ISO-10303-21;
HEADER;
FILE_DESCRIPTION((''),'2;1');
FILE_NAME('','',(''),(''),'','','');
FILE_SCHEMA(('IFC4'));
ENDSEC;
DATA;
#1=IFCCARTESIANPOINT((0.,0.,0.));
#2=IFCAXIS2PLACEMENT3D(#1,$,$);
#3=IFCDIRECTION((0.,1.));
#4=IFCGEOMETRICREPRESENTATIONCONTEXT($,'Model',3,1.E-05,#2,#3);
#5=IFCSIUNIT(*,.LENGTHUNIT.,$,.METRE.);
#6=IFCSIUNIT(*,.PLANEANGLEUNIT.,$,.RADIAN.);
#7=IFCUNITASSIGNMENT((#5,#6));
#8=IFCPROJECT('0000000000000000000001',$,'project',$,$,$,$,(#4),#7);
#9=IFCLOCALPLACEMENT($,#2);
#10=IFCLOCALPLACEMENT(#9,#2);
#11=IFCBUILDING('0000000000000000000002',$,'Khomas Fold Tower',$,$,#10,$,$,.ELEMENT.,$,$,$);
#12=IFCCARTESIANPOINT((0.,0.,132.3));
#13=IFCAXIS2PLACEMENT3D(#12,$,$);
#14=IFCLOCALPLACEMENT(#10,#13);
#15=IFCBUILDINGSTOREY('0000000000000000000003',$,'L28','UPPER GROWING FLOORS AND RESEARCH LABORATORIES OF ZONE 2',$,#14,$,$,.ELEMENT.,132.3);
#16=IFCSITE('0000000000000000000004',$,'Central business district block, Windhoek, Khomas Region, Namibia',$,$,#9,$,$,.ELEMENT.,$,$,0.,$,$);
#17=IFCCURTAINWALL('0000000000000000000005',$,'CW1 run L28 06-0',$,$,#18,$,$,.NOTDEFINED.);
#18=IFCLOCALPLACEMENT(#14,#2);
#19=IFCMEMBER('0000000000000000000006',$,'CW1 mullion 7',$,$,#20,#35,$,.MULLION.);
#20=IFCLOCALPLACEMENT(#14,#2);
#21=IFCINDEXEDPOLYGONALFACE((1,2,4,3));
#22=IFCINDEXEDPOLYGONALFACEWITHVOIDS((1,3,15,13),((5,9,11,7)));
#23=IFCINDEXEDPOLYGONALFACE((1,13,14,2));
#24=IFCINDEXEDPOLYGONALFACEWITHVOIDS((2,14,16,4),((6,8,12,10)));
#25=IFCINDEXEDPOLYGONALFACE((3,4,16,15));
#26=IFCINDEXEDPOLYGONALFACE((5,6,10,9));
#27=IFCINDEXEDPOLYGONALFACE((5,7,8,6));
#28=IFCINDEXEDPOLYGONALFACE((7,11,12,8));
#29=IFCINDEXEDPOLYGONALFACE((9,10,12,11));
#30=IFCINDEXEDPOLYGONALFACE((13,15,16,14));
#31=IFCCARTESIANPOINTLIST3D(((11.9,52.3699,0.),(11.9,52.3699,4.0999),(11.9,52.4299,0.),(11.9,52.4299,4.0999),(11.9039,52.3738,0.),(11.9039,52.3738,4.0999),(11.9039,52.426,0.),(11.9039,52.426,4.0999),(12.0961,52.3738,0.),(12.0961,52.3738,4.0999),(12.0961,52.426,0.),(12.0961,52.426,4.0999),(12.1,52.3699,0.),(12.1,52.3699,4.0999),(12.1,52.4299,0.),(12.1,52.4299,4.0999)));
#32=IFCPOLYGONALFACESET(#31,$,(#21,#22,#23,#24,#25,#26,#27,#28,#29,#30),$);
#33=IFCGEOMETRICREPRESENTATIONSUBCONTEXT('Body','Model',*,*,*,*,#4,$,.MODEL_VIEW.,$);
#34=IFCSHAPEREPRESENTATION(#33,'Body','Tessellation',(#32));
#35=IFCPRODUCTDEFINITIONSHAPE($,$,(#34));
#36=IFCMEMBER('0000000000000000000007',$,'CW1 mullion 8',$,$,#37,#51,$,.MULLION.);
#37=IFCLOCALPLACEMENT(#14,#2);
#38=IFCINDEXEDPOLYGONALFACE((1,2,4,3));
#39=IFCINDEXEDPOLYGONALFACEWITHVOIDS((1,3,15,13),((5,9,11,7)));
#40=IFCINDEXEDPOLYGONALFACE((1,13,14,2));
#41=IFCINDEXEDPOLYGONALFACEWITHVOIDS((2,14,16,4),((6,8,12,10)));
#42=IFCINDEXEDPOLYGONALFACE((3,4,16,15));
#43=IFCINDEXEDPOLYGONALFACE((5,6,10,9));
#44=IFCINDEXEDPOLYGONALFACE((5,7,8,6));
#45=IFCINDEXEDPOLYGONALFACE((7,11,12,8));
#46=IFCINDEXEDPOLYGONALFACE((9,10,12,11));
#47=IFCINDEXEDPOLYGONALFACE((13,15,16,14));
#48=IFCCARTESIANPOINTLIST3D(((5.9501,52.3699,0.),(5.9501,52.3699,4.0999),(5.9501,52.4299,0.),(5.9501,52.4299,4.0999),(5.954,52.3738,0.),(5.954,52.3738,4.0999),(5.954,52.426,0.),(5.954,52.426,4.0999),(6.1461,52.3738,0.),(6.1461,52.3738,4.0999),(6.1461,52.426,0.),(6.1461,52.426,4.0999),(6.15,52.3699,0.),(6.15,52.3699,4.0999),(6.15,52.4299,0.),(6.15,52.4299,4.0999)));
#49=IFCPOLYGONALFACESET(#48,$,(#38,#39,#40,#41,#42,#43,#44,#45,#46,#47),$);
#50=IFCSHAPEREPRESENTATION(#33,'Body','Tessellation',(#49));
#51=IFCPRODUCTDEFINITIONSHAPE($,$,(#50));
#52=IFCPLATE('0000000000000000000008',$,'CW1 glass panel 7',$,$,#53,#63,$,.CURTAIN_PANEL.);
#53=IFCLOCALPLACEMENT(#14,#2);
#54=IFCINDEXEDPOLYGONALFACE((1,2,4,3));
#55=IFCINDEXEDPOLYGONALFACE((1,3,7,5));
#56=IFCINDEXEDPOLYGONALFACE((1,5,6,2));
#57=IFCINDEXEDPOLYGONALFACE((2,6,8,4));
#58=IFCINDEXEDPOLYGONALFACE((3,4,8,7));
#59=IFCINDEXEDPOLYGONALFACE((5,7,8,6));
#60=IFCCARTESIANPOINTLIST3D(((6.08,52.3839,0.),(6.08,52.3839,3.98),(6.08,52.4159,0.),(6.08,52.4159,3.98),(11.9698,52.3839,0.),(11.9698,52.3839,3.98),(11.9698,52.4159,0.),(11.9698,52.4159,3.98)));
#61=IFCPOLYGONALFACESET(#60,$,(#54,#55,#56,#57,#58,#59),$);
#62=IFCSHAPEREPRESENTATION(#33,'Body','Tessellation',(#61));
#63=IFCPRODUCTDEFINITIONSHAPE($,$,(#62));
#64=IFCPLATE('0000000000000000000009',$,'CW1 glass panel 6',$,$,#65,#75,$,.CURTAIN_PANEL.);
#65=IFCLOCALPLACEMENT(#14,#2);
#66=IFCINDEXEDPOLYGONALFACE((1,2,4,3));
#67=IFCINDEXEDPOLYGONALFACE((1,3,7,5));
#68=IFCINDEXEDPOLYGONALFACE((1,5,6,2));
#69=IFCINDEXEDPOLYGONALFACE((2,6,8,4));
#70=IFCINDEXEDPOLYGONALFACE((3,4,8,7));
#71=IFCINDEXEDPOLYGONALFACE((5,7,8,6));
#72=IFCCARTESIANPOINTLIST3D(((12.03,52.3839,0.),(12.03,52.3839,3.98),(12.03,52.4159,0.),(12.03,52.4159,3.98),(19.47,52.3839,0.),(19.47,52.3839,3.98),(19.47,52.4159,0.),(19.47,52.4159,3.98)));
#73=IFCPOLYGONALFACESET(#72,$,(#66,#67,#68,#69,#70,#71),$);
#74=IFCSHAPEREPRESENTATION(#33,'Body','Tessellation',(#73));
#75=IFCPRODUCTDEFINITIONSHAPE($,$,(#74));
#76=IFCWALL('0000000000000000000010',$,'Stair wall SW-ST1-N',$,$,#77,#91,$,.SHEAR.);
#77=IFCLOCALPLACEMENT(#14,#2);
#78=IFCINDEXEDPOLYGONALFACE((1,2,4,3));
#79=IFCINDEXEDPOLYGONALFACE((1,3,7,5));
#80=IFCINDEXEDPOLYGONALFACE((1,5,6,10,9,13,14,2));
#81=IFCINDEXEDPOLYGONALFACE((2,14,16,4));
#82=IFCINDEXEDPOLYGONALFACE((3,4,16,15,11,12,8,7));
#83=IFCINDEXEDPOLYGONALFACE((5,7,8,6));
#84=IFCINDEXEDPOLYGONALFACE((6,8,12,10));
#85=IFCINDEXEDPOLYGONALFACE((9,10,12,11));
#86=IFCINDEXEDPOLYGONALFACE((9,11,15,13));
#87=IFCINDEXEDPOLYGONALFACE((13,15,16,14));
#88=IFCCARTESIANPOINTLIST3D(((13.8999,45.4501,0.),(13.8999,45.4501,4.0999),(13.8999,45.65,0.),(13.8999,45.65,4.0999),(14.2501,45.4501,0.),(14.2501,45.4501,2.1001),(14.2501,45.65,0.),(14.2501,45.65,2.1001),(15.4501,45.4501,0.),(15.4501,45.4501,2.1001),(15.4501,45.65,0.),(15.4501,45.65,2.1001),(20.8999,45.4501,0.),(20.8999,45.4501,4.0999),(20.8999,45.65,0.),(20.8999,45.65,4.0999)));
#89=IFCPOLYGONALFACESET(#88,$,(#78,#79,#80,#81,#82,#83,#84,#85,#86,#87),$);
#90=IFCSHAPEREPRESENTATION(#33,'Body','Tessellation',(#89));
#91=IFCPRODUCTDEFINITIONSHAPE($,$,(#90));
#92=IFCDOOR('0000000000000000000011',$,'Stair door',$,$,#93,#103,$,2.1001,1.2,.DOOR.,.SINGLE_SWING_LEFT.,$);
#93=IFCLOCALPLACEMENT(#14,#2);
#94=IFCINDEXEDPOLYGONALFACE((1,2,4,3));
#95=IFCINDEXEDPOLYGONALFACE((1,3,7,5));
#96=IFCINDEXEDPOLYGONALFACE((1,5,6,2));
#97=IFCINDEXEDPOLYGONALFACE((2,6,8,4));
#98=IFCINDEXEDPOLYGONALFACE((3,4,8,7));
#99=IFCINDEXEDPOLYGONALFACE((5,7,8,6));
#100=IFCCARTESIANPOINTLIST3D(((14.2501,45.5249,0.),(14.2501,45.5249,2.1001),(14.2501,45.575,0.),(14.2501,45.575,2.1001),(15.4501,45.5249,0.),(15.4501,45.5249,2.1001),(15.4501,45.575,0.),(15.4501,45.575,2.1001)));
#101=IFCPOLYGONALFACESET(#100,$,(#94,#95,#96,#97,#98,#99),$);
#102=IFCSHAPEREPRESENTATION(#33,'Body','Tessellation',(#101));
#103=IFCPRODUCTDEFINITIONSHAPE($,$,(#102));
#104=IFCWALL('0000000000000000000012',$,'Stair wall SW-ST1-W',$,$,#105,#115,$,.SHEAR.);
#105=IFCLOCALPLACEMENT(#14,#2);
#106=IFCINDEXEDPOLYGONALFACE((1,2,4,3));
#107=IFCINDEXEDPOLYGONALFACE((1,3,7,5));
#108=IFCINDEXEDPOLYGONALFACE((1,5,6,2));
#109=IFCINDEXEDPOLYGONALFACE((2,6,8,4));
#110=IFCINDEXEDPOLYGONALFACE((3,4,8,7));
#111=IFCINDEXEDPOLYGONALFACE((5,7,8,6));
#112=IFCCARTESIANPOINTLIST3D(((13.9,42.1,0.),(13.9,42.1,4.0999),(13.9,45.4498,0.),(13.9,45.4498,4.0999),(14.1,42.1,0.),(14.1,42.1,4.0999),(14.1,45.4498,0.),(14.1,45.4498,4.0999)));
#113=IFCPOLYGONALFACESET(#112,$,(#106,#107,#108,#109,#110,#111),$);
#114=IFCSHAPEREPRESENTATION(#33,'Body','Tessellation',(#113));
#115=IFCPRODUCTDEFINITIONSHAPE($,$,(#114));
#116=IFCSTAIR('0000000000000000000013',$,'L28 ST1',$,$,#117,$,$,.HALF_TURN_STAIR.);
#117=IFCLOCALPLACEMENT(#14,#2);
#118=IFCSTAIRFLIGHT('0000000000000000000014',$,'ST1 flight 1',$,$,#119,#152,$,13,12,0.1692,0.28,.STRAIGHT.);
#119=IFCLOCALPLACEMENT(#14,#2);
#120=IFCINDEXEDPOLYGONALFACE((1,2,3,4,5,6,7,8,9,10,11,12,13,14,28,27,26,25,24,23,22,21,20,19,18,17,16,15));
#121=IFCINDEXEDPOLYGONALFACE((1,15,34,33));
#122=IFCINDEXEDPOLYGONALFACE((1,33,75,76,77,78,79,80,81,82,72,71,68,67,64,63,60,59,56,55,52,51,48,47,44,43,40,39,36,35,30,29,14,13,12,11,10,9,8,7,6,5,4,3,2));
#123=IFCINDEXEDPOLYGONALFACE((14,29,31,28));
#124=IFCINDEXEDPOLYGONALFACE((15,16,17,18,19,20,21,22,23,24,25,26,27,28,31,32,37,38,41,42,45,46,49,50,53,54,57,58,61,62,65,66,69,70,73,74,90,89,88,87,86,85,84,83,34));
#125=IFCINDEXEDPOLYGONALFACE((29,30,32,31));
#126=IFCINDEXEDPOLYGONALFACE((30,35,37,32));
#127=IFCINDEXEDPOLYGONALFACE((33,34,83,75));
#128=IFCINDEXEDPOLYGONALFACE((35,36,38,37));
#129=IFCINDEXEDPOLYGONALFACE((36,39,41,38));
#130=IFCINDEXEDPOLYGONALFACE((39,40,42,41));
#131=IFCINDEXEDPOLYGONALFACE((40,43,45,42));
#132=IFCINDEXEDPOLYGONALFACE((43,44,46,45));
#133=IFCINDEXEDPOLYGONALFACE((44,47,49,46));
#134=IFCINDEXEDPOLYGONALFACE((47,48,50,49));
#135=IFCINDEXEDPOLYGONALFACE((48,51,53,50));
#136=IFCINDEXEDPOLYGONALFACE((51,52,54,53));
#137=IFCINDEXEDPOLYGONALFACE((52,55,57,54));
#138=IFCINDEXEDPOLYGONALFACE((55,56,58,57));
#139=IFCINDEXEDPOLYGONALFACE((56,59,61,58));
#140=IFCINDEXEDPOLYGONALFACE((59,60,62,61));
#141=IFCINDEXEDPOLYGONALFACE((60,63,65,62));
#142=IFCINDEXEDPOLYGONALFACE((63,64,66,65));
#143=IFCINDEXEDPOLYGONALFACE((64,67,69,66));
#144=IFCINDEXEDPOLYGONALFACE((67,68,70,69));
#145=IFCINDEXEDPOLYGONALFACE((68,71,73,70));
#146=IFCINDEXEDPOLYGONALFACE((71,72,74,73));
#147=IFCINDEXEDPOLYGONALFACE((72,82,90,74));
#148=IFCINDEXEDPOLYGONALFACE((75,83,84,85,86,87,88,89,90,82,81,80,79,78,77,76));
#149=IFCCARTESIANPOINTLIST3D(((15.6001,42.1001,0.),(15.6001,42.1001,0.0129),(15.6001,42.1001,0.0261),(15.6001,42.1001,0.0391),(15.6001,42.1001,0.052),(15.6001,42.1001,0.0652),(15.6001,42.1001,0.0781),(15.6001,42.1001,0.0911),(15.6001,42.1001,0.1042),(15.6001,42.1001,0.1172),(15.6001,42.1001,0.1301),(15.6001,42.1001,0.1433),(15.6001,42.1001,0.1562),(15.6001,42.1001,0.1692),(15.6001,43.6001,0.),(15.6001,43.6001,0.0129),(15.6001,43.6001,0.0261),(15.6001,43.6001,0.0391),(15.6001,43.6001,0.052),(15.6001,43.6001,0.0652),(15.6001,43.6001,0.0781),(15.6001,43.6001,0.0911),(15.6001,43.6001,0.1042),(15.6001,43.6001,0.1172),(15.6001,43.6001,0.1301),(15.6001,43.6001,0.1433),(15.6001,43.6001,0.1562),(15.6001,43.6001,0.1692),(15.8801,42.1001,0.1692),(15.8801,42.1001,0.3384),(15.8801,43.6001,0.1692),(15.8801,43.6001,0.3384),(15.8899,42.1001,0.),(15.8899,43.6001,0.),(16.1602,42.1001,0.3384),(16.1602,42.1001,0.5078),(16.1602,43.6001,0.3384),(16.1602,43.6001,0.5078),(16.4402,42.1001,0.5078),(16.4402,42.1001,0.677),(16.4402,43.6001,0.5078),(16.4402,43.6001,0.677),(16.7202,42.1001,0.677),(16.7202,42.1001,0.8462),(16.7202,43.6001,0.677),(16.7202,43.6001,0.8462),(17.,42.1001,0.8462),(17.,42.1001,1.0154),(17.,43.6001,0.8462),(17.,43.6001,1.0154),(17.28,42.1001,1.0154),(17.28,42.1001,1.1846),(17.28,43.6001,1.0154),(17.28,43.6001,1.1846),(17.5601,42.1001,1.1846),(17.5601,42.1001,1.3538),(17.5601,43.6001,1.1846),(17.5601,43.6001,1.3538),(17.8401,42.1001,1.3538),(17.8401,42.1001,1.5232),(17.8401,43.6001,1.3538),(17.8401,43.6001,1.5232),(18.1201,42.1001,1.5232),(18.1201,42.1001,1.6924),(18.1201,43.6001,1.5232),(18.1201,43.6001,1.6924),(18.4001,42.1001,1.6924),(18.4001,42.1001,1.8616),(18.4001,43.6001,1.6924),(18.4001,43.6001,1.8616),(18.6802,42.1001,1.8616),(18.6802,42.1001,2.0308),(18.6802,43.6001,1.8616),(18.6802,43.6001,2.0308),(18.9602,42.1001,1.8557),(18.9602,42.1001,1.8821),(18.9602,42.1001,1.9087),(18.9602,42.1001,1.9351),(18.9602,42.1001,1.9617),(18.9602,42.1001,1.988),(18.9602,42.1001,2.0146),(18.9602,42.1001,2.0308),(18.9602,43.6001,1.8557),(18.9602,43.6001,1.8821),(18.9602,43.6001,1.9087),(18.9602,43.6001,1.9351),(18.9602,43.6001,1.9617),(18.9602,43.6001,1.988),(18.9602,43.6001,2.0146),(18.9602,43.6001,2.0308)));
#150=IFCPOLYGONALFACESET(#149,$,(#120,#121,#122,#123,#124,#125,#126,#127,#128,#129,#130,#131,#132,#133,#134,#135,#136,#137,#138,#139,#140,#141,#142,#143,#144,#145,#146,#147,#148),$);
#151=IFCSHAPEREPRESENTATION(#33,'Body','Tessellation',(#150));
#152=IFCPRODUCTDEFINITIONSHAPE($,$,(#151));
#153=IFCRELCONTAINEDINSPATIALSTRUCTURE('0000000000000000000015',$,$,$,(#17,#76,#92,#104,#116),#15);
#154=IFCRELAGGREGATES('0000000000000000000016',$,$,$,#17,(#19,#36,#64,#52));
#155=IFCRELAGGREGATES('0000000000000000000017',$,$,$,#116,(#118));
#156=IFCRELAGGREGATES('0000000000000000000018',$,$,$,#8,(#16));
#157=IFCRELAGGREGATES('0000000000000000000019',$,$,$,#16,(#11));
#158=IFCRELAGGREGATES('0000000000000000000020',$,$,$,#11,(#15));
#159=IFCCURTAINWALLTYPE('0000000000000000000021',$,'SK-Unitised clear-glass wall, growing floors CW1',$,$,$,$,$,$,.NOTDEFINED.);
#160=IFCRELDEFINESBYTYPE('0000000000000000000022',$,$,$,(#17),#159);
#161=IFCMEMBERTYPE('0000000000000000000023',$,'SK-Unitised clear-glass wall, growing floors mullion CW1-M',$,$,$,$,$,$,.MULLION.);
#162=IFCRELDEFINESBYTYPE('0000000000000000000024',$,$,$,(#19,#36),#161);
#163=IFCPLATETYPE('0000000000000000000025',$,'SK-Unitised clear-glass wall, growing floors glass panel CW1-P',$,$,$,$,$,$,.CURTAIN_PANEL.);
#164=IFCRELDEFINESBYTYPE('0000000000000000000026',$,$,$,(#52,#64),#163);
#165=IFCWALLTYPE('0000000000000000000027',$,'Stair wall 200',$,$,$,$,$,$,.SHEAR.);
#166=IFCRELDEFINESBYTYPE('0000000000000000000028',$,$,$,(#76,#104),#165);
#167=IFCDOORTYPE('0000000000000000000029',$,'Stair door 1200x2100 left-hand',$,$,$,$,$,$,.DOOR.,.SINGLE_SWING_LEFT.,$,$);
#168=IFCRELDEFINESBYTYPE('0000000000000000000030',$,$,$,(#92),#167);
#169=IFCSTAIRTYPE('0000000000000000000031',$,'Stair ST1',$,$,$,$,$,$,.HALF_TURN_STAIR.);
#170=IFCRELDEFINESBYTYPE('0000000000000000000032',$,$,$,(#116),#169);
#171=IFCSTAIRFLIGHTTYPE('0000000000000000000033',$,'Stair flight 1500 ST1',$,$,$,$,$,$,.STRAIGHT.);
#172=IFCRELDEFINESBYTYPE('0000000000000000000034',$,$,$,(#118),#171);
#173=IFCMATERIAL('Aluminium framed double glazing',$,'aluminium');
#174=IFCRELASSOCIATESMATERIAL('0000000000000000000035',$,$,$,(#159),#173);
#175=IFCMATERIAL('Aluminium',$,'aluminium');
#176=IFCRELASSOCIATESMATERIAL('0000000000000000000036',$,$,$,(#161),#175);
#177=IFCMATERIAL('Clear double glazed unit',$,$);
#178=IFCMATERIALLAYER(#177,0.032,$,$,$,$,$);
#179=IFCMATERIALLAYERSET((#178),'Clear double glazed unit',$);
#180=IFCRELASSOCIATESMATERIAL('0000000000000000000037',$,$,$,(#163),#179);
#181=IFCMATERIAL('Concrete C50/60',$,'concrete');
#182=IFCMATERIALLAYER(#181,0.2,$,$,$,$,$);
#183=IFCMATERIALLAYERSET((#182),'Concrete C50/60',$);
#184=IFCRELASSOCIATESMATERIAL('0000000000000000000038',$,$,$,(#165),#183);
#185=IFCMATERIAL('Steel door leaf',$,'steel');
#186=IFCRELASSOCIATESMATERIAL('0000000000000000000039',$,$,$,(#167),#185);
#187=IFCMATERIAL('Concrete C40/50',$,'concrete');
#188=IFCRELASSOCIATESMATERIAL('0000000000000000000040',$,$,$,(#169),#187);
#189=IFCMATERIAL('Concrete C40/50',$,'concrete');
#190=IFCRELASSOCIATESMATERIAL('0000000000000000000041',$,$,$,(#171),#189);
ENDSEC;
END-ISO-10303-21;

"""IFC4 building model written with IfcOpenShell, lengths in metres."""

from ifc_helpers import new_model, si_unit, direction, frame, frame_2d, origin, origin_2d, place, context, subcontext, project, spatial, polyline, rectangle, hollow_rectangle, outline, extrude, source, transform, mapped, material, layer, layer_set, material_profile, profile_set, type_object, element, fill, aggregate, save


model = new_model("IFC4")

# Units and contexts
model_context = context("Model", 3, precision=1e-05, world=origin(), true_north=direction((0.0, 1.0)))
body_context = subcontext(model_context, "Body", "Model", "MODEL_VIEW")
ifc_project = project(units=[si_unit("LENGTHUNIT", "METRE"), si_unit("PLANEANGLEUNIT", "RADIAN")], contexts=[model_context])

# Site, building, storey
site_placement = place(None, origin())
site = spatial("IfcSite", under=ifc_project, at=site_placement, Name="Central business district block, Windhoek, Khomas Region, Namibia", CompositionType="ELEMENT", RefElevation=0.0)
building_placement = place(site_placement, origin())
building = spatial("IfcBuilding", under=site, at=building_placement, Name="Khomas Fold Tower", CompositionType="ELEMENT")
storey_placement = place(building_placement, frame((0.0, 0.0, 132.3)))
storey = spatial("IfcBuildingStorey", under=building, at=storey_placement, Name="L28", Description="UPPER GROWING FLOORS AND RESEARCH LABORATORIES OF ZONE 2", CompositionType="ELEMENT", Elevation=132.3)

# Curtain wall, members, plates
ifc_material_1 = material(Name="Aluminium framed double glazing", Category="aluminium")
curtain_wall_type = type_object("IfcCurtainWallType", Name="SK-Unitised clear-glass wall, growing floors CW1", PredefinedType="NOTDEFINED", material=ifc_material_1)
curtain_wall_placement = place(storey_placement, origin())
curtain_wall = element("IfcCurtainWall", 1, at=curtain_wall_placement, inside=storey, type_object=curtain_wall_type, Name="CW1 run L28 06-0", PredefinedType="NOTDEFINED")
ifc_material_2 = material(Name="Aluminium", Category="aluminium")
ifc_material_profile_1 = material_profile(ifc_material_2, hollow_rectangle(XDim=0.0601, YDim=0.2, WallThickness=0.0039, at=origin_2d()), Name="SK-Unitised clear-glass wall, growing floors mullion CW1-M")
ifc_profile_set_1 = profile_set([ifc_material_profile_1], Name="Aluminium")
member_type_1 = type_object("IfcMemberType", Name="SK-Unitised clear-glass wall, growing floors mullion CW1-M", PredefinedType="MULLION", material=ifc_profile_set_1)
shared_shape_1 = source(origin(), body_context, "Body", "SweptSolid", [
    extrude(hollow_rectangle(XDim=0.0601, YDim=0.2, WallThickness=0.0039, at=origin_2d()), origin(), (0.0, 0.0, 1.0), 4.0999),
])
member_1_placement = place(storey_placement, frame((12.0, 52.3999, 0.0), z_axis=(0.0, 0.0, 1.0), x_axis=(0.0, -1.0, 0.0)))
member_1 = element("IfcMember", 2, at=member_1_placement, type_object=member_type_1, Name="CW1 mullion 7", PredefinedType="MULLION", context=body_context, shape_type="MappedRepresentation", body=[
    mapped(shared_shape_1, transform((0.0, 0.0, 0.0))),
])
member_2_placement = place(storey_placement, frame((6.05, 52.3999, 0.0), z_axis=(0.0, 0.0, 1.0), x_axis=(0.0, -1.0, 0.0)))
member_2 = element("IfcMember", 3, at=member_2_placement, type_object=member_type_1, Name="CW1 mullion 8", PredefinedType="MULLION", context=body_context, shape_type="MappedRepresentation", body=[
    mapped(shared_shape_1, transform((0.0, 0.0, 0.0))),
])
ifc_material_3 = material(Name="Clear double glazed unit")
ifc_layer_1 = layer(ifc_material_3, 0.032)
ifc_layer_set_1 = layer_set([ifc_layer_1], Name="Clear double glazed unit")
plate_type = type_object("IfcPlateType", Name="SK-Unitised clear-glass wall, growing floors glass panel CW1-P", PredefinedType="CURTAIN_PANEL", material=ifc_layer_set_1)
shared_shape_2 = source(origin(), body_context, "Body", "SweptSolid", [
    extrude(rectangle(XDim=5.8899, YDim=0.032, at=origin_2d()), origin(), (0.0, 0.0, 1.0), 3.98),
])
plate_1_placement = place(storey_placement, frame((9.0249, 52.3999, 0.0), z_axis=(0.0, 0.0, 1.0), x_axis=(-1.0, 0.0, 0.0)))
plate_1 = element("IfcPlate", 4, at=plate_1_placement, type_object=plate_type, Name="CW1 glass panel 7", PredefinedType="CURTAIN_PANEL", context=body_context, shape_type="MappedRepresentation", body=[
    mapped(shared_shape_2, transform((0.0, 0.0, 0.0))),
])
shared_shape_3 = source(origin(), body_context, "Body", "SweptSolid", [
    extrude(rectangle(XDim=7.4399, YDim=0.032, at=origin_2d()), origin(), (0.0, 0.0, 1.0), 3.98),
])
plate_2_placement = place(storey_placement, frame((15.75, 52.3999, 0.0), z_axis=(0.0, 0.0, 1.0), x_axis=(-1.0, 0.0, 0.0)))
plate_2 = element("IfcPlate", 5, at=plate_2_placement, type_object=plate_type, Name="CW1 glass panel 6", PredefinedType="CURTAIN_PANEL", context=body_context, shape_type="MappedRepresentation", body=[
    mapped(shared_shape_3, transform((0.0, 0.0, 0.0))),
])
aggregate(curtain_wall, [member_1, member_2, plate_2, plate_1])

# Wall, opening, door
ifc_material_4 = material(Name="Concrete C50/60", Category="concrete")
ifc_layer_2 = layer(ifc_material_4, 0.2)
ifc_layer_set_2 = layer_set([ifc_layer_2], Name="Concrete C50/60")
wall_type = type_object("IfcWallType", Name="Stair wall 200", PredefinedType="SHEAR", material=ifc_layer_set_2)
shared_shape_4 = source(origin(), body_context, "Body", "SweptSolid", [
    extrude(rectangle(XDim=7.0, YDim=0.2, at=frame_2d((3.5, 0.0))), origin(), (0.0, 0.0, 1.0), 4.0999),
])
wall_1_placement = place(storey_placement, frame((13.8999, 45.55, 0.0), z_axis=(0.0, 0.0, 1.0), x_axis=(1.0, 0.0, 0.0)))
wall_1 = element("IfcWall", 6, at=wall_1_placement, inside=storey, type_object=wall_type, Name="Stair wall SW-ST1-N", PredefinedType="SHEAR", context=body_context, shape_type="MappedRepresentation", body=[
    mapped(shared_shape_4, transform((0.0, 0.0, 0.0))),
])
shared_shape_5 = source(origin(), body_context, "Body", "SweptSolid", [
    extrude(rectangle(XDim=1.2, YDim=2.1001, at=frame_2d((0.6001, 1.05))), frame((0.0, 0.1099, 0.0), z_axis=(0.0, -1.0, 0.0), x_axis=(1.0, 0.0, 0.0)), (0.0, 0.0, 1.0), 0.22),
])
opening_placement = place(wall_1_placement, frame((0.3501, 0.0, 0.0)))
opening = element("IfcOpeningElement", 7, at=opening_placement, cuts=wall_1, PredefinedType="OPENING", context=body_context, shape_type="MappedRepresentation", body=[
    mapped(shared_shape_5, transform((0.0, 0.0, 0.0))),
])
ifc_material_5 = material(Name="Steel door leaf", Category="steel")
door_type = type_object("IfcDoorType", Name="Stair door 1200x2100 left-hand", OperationType="SINGLE_SWING_LEFT", PredefinedType="DOOR", material=ifc_material_5)
shared_shape_6 = source(origin(), body_context, "Body", "SweptSolid", [
    extrude(rectangle(XDim=1.2, YDim=2.1001, at=frame_2d((0.6001, 1.05))), frame((0.0, 0.0249, 0.0), z_axis=(0.0, -1.0, 0.0), x_axis=(1.0, 0.0, 0.0)), (0.0, 0.0, 1.0), 0.05),
])
door_placement = place(opening_placement, origin())
door = element("IfcDoor", 8, at=door_placement, inside=storey, type_object=door_type, Name="Stair door", OperationType="SINGLE_SWING_LEFT", OverallHeight=2.1001, OverallWidth=1.2, PredefinedType="DOOR", context=body_context, shape_type="MappedRepresentation", body=[
    mapped(shared_shape_6, transform((0.0, 0.0, 0.0))),
])
fill(opening, door)

# Wall
shared_shape_7 = source(origin(), body_context, "Body", "SweptSolid", [
    extrude(rectangle(XDim=3.3499, YDim=0.2, at=frame_2d((1.6748, 0.0))), origin(), (0.0, 0.0, 1.0), 4.0999),
])
wall_2_placement = place(storey_placement, frame((14.0, 42.1001, 0.0), z_axis=(0.0, 0.0, 1.0), x_axis=(0.0, 1.0, 0.0)))
element("IfcWall", 9, at=wall_2_placement, inside=storey, type_object=wall_type, Name="Stair wall SW-ST1-W", PredefinedType="SHEAR", context=body_context, shape_type="MappedRepresentation", body=[
    mapped(shared_shape_7, transform((0.0, 0.0, 0.0))),
])

# Stair, stair flight
ifc_material_6 = material(Name="Concrete C40/50", Category="concrete")
stair_type = type_object("IfcStairType", Name="Stair ST1", PredefinedType="HALF_TURN_STAIR", material=ifc_material_6)
stair_placement = place(storey_placement, origin())
stair = element("IfcStair", 10, at=stair_placement, inside=storey, type_object=stair_type, Name="L28 ST1", PredefinedType="HALF_TURN_STAIR")
ifc_material_7 = material(Name="Concrete C40/50", Category="concrete")
stair_flight_type = type_object("IfcStairFlightType", Name="Stair flight 1500 ST1", PredefinedType="STRAIGHT", material=ifc_material_7)
shared_shape_8 = source(origin(), body_context, "Body", "SweptSolid", [
    extrude(outline(polyline([(0.0, 0.0), (0.0, 0.0129), (0.0, 0.0261), (0.0, 0.0391), (0.0, 0.052), (0.0, 0.0652), (0.0, 0.0781), (0.0, 0.0911), (0.0, 0.1042), (0.0, 0.1172), (0.0, 0.1301), (0.0, 0.1433), (0.0, 0.1562), (0.0, 0.1692), (0.28, 0.1692), (0.28, 0.3384), (0.5601, 0.3384), (0.5601, 0.5078), (0.8401, 0.5078), (0.8401, 0.677), (1.1201, 0.677), (1.1201, 0.8462), (1.3999, 0.8462), (1.3999, 1.0154), (1.6799, 1.0154), (1.6799, 1.1846), (1.96, 1.1846), (1.96, 1.3538), (2.24, 1.3538), (2.24, 1.5232), (2.52, 1.5232), (2.52, 1.6924), (2.8, 1.6924), (2.8, 1.8616), (3.0801, 1.8616), (3.0801, 2.0308), (3.3601, 2.0308), (3.3601, 2.2), (3.3601, 2.1736), (3.3601, 2.147), (3.3601, 2.1206), (3.3601, 2.094), (3.3601, 2.0676), (3.3601, 2.041), (3.3601, 2.0146), (3.3601, 1.988), (3.3601, 1.9617), (3.3601, 1.9351), (3.3601, 1.9087), (3.3601, 1.8821), (3.3601, 1.8557), (0.2898, 0.0), (0.0, 0.0)])), frame((0.0, 0.75, 0.0), z_axis=(0.0, -1.0, 0.0), x_axis=(1.0, 0.0, 0.0)), (0.0, 0.0, 1.0), 1.5),
])
stair_flight_1_placement = place(storey_placement, frame((15.6001, 42.8501, 0.0), z_axis=(0.0, 0.0, 1.0), x_axis=(1.0, 0.0, 0.0)))
stair_flight_1 = element("IfcStairFlight", 11, at=stair_flight_1_placement, type_object=stair_flight_type, Name="ST1 flight 1", NumberOfRisers=13, NumberOfTreads=12, PredefinedType="STRAIGHT", RiserHeight=0.1692, TreadLength=0.28, context=body_context, shape_type="MappedRepresentation", body=[
    mapped(shared_shape_8, transform((0.0, 0.0, 0.0))),
])
aggregate(stair, [stair_flight_1])

save(model, "model.ifc")
